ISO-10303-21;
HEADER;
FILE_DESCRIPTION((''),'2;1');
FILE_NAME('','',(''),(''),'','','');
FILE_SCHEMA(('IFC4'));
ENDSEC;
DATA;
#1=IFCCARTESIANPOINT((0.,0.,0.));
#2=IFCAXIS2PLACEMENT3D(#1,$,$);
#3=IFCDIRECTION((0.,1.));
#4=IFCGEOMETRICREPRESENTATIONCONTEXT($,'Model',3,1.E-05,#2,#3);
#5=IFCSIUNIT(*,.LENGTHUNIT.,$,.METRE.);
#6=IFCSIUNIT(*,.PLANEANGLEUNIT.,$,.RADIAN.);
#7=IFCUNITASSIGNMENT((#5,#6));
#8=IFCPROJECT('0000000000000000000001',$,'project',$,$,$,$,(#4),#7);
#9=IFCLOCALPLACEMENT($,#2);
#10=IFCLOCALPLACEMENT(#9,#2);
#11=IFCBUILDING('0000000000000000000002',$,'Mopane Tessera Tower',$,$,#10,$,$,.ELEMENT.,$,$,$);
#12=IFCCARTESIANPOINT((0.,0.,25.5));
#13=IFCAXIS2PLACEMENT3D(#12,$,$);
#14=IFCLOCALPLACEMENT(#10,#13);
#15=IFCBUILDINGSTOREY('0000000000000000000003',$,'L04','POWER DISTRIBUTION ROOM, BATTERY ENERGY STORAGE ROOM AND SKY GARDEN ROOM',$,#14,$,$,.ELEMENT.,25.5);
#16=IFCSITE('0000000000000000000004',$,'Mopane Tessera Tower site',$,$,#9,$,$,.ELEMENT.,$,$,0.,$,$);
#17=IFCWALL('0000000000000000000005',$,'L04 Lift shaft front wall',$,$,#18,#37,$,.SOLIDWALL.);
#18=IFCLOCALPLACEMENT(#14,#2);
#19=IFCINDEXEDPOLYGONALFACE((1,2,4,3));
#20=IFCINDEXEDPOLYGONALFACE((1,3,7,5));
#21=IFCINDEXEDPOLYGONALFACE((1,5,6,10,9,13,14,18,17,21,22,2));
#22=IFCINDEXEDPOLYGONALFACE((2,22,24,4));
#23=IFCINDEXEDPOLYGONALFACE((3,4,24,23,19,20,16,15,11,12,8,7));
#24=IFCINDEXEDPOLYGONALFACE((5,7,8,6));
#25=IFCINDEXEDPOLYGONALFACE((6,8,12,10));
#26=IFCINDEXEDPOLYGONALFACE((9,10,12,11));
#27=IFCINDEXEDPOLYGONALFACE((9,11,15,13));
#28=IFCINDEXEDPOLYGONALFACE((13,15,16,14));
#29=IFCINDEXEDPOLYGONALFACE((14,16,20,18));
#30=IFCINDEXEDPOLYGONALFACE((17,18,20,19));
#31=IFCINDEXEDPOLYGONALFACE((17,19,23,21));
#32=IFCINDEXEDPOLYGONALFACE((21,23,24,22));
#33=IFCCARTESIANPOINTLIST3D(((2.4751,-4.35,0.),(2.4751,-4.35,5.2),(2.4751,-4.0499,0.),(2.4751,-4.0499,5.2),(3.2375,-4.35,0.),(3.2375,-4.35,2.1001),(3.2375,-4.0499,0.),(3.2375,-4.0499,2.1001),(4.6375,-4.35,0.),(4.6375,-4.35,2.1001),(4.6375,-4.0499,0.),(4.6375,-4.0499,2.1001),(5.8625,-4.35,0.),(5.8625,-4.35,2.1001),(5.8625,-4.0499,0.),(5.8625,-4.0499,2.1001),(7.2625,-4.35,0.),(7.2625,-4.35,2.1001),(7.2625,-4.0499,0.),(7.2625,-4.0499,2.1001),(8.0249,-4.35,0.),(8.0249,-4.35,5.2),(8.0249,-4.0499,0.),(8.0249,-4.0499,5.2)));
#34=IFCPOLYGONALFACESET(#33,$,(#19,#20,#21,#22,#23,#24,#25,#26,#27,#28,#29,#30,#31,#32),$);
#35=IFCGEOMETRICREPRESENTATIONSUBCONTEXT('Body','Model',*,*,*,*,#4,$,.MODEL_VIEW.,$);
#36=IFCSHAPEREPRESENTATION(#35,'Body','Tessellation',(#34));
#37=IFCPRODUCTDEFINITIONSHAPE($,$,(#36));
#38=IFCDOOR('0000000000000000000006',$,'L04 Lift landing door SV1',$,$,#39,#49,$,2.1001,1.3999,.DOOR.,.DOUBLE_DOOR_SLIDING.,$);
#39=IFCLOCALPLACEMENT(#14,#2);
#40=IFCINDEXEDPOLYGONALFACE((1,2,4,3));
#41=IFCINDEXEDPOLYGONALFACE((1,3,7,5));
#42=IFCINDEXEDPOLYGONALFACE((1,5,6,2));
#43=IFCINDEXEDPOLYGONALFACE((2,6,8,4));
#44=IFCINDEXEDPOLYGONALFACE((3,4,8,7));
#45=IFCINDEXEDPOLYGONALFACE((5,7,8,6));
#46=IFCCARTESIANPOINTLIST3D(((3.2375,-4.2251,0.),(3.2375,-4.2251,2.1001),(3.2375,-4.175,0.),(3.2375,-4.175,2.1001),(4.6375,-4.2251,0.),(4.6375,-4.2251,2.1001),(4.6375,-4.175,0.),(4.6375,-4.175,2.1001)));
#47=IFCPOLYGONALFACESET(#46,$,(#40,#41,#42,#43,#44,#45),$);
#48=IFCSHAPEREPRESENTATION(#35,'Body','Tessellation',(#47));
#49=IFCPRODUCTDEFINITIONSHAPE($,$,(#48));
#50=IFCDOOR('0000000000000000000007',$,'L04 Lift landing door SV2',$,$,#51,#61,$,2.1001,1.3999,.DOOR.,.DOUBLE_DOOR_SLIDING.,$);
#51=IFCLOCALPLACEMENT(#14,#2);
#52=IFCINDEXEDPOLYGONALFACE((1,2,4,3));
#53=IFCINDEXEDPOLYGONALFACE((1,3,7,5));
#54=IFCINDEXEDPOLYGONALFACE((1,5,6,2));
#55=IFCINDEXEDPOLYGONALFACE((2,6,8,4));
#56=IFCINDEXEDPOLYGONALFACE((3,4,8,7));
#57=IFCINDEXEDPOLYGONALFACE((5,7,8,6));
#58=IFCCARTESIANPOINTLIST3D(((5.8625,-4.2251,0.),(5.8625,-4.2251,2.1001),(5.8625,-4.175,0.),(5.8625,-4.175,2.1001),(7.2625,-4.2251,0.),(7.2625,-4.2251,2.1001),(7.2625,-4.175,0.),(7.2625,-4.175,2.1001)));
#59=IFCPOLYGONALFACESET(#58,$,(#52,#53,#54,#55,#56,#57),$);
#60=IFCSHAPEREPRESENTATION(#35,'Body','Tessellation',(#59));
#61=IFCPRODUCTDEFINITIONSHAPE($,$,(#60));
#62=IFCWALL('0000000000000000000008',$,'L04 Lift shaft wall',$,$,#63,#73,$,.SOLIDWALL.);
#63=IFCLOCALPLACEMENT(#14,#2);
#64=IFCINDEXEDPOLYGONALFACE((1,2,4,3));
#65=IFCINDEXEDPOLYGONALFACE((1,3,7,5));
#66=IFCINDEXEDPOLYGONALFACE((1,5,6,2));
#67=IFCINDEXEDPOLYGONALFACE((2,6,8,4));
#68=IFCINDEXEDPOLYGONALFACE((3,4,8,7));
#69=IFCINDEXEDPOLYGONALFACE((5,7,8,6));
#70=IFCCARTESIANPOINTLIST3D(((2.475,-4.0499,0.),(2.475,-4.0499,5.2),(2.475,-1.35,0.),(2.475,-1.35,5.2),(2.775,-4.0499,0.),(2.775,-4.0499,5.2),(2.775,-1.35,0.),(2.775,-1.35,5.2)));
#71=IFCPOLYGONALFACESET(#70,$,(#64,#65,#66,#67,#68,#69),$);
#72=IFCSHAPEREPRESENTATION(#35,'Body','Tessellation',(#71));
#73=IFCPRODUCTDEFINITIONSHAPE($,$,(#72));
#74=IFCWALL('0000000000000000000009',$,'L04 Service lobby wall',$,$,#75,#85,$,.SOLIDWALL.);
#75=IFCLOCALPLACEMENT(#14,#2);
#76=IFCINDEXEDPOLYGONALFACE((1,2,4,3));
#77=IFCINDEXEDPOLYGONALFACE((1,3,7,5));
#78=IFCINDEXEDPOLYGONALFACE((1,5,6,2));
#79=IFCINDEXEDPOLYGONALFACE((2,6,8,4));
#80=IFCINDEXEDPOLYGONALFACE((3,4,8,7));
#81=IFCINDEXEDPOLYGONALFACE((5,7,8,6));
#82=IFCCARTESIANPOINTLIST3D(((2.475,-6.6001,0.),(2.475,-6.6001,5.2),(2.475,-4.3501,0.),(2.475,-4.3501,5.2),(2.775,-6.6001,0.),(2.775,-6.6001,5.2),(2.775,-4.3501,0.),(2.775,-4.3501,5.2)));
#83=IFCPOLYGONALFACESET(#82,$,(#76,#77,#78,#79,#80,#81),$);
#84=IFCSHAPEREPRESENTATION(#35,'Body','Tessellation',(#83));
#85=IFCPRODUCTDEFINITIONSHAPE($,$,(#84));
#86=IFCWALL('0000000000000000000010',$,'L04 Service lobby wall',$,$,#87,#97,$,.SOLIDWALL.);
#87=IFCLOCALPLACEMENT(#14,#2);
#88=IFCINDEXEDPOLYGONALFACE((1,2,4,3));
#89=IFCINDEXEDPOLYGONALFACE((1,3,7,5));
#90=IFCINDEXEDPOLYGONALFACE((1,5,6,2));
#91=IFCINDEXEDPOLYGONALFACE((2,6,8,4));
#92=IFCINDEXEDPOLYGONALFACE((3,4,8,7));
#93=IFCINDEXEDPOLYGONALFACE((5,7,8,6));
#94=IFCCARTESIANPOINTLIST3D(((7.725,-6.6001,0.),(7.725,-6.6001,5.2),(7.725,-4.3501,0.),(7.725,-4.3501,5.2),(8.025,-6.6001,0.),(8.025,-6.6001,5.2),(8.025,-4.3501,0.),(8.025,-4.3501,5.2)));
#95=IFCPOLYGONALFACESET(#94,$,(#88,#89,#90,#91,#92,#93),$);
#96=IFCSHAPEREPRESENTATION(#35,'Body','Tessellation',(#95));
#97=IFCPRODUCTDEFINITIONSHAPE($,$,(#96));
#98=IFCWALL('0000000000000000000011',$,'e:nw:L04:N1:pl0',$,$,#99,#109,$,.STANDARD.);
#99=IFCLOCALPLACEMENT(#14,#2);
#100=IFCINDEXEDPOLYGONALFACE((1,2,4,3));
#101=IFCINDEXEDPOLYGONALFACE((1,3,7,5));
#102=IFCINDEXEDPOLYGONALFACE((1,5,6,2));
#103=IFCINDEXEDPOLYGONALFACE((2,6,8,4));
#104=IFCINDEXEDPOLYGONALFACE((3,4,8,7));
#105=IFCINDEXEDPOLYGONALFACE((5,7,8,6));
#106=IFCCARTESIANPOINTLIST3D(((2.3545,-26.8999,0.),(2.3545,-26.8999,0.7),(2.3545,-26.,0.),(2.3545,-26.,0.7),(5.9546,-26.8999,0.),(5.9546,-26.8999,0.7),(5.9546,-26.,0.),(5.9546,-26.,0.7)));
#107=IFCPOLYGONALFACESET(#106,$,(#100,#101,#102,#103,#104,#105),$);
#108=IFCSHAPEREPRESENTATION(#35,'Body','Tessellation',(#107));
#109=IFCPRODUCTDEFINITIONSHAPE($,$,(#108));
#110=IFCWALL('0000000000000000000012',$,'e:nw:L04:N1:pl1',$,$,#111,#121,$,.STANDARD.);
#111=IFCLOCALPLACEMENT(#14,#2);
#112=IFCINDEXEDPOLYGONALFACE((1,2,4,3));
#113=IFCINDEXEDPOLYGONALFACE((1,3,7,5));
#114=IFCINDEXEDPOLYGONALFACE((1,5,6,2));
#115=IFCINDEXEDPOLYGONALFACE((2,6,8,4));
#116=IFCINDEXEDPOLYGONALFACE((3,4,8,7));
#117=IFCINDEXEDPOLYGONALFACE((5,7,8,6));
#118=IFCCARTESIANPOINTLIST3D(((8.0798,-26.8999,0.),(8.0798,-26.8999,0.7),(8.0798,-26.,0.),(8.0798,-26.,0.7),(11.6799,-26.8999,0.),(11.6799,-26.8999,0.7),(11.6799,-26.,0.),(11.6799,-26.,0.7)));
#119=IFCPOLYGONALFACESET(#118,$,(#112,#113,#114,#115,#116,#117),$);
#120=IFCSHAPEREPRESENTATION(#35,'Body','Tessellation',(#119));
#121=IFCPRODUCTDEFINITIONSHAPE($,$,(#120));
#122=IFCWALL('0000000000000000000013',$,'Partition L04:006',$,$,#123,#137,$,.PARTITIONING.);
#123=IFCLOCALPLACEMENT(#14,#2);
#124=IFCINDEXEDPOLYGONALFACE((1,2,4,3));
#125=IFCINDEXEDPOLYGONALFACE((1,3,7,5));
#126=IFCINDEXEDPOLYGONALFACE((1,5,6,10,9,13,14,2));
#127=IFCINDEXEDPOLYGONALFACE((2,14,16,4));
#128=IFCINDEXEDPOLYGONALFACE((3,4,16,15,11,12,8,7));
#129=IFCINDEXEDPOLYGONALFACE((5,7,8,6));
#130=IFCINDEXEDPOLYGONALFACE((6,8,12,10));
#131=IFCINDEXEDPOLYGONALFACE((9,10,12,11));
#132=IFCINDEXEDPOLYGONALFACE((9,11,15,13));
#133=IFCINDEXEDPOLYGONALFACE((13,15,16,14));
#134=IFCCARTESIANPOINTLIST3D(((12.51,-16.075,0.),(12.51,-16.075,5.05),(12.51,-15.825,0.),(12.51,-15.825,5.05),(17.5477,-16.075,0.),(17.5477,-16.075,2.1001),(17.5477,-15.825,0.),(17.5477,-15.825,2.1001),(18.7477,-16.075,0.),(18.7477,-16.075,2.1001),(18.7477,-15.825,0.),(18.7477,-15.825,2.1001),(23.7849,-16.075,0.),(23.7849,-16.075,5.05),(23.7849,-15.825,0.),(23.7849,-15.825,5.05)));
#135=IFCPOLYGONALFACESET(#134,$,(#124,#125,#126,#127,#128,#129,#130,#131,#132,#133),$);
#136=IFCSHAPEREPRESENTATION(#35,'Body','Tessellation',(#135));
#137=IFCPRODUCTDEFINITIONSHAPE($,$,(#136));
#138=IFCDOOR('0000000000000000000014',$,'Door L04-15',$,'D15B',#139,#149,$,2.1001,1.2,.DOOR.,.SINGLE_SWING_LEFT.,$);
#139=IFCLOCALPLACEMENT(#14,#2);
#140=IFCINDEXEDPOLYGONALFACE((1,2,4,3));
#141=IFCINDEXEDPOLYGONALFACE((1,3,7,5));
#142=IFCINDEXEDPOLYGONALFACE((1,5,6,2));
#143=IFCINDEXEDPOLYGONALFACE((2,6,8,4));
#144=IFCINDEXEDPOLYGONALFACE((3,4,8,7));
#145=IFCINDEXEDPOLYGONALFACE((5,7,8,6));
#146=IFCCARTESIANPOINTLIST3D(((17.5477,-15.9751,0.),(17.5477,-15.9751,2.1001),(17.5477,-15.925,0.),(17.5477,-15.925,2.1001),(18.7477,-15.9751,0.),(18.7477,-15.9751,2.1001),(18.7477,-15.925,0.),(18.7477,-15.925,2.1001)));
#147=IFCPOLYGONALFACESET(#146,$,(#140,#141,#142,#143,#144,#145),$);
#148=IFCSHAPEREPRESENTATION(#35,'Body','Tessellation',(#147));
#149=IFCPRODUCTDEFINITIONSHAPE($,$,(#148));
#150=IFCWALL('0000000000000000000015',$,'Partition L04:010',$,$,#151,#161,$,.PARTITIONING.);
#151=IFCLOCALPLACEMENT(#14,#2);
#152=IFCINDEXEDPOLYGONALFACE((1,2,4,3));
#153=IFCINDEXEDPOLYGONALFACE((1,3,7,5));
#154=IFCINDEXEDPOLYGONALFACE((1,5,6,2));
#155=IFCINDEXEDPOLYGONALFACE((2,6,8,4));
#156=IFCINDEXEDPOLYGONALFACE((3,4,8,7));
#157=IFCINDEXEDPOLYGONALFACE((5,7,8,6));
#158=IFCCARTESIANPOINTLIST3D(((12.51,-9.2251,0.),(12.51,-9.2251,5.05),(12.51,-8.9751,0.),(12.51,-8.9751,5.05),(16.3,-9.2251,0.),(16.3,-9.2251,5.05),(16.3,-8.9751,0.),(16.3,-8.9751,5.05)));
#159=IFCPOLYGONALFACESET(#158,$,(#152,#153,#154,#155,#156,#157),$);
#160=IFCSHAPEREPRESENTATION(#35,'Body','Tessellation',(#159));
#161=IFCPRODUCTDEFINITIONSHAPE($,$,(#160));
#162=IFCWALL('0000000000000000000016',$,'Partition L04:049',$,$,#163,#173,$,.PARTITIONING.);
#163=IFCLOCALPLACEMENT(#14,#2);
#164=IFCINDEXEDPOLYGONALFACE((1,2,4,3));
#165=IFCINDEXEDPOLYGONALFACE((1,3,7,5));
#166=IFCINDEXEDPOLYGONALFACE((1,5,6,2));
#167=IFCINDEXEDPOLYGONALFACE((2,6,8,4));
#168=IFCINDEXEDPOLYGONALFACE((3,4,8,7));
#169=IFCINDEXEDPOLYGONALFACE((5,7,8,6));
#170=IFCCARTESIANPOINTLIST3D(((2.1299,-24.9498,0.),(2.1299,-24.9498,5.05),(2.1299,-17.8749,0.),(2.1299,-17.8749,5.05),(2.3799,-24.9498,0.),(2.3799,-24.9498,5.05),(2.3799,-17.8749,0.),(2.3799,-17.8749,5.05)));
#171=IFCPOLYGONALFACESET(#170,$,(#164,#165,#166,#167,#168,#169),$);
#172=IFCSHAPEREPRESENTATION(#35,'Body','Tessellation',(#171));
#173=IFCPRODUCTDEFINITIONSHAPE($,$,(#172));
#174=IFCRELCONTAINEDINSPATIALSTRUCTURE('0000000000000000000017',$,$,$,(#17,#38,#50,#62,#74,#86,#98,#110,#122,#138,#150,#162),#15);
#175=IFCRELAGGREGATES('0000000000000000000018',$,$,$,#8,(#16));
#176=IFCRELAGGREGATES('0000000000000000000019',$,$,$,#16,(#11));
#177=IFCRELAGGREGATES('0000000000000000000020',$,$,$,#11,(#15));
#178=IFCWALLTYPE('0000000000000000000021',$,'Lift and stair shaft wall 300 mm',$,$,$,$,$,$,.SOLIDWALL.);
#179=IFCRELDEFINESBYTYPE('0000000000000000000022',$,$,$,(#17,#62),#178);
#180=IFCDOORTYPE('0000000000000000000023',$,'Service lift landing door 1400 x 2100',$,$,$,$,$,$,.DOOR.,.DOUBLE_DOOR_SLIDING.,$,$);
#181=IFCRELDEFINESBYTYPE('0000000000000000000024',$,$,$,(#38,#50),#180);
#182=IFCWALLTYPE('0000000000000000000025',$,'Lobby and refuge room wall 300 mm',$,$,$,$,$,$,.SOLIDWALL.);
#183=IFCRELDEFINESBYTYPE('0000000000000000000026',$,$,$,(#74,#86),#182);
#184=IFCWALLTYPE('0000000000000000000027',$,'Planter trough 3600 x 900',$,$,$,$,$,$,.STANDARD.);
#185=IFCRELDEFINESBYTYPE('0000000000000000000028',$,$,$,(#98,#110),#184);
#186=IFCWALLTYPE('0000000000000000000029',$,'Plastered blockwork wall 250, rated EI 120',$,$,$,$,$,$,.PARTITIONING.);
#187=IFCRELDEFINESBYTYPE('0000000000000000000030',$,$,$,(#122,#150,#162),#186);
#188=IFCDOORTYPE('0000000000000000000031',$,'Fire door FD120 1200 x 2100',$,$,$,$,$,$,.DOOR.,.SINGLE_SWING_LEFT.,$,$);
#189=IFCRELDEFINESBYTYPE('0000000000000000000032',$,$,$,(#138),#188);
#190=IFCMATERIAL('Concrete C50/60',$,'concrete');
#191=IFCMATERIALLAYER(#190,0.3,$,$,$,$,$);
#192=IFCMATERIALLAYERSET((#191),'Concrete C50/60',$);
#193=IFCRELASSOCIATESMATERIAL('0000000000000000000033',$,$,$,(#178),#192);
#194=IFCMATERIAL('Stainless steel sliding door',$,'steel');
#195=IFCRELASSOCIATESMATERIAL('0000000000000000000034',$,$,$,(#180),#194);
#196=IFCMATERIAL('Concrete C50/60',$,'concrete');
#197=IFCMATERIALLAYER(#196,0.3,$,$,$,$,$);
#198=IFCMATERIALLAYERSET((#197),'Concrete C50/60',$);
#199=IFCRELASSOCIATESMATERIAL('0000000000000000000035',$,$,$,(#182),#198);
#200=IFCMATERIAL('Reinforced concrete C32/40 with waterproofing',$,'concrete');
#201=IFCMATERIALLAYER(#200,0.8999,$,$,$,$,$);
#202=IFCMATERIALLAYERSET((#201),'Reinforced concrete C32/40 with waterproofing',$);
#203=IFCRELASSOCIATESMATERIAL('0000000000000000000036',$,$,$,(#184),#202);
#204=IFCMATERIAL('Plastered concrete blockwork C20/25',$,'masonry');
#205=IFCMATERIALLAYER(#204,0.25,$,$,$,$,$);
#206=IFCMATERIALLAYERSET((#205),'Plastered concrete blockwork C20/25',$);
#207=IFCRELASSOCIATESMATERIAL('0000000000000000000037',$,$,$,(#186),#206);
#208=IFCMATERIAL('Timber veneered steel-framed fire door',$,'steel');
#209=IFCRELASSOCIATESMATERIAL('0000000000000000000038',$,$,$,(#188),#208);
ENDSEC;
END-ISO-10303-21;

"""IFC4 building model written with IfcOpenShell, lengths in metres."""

from ifc_helpers import new_model, si_unit, direction, frame, frame_2d, origin, place, context, subcontext, project, spatial, rectangle, extrude, material, layer, layer_set, type_object, element, fill, save


model = new_model("IFC4")

# Units and contexts
model_context = context("Model", 3, precision=1e-05, world=origin(), true_north=direction((0.0, 1.0)))
body_context = subcontext(model_context, "Body", "Model", "MODEL_VIEW")
ifc_project = project(units=[si_unit("LENGTHUNIT", "METRE"), si_unit("PLANEANGLEUNIT", "RADIAN")], contexts=[model_context])

# Site, building, storey
site_placement = place(None, origin())
site = spatial("IfcSite", under=ifc_project, at=site_placement, Name="Mopane Tessera Tower site", CompositionType="ELEMENT", RefElevation=0.0)
building_placement = place(site_placement, origin())
building = spatial("IfcBuilding", under=site, at=building_placement, Name="Mopane Tessera Tower", CompositionType="ELEMENT")
storey_placement = place(building_placement, frame((0.0, 0.0, 25.5)))
storey = spatial("IfcBuildingStorey", under=building, at=storey_placement, Name="L04", Description="POWER DISTRIBUTION ROOM, BATTERY ENERGY STORAGE ROOM AND SKY GARDEN ROOM", CompositionType="ELEMENT", Elevation=25.5)

# Wall, openings, doors
ifc_material_1 = material(Name="Concrete C50/60", Category="concrete")
ifc_layer_1 = layer(ifc_material_1, 0.3)
ifc_layer_set_1 = layer_set([ifc_layer_1], Name="Concrete C50/60")
wall_type_1 = type_object("IfcWallType", Name="Lift and stair shaft wall 300 mm", PredefinedType="SOLIDWALL", material=ifc_layer_set_1)
wall_1_placement = place(storey_placement, frame((2.4751, -4.2, 0.0), z_axis=(0.0, 0.0, 1.0), x_axis=(1.0, 0.0, 0.0)))
wall_1 = element("IfcWall", 1, at=wall_1_placement, inside=storey, type_object=wall_type_1, Name="L04 Lift shaft front wall", PredefinedType="SOLIDWALL", context=body_context, shape_type="SweptSolid", body=[
    extrude(rectangle(XDim=5.5498, YDim=0.3, at=frame_2d((2.7749, 0.0))), origin(), (0.0, 0.0, 1.0), 5.2),
])
opening_1_placement = place(wall_1_placement, frame((0.7625, 0.0, 0.0)))
opening_1 = element("IfcOpeningElement", 2, at=opening_1_placement, cuts=wall_1, PredefinedType="OPENING", context=body_context, shape_type="SweptSolid", body=[
    extrude(rectangle(XDim=1.3999, YDim=2.1001, at=frame_2d((0.7, 1.05))), frame((0.0, 0.1621, 0.0), z_axis=(0.0, -1.0, 0.0), x_axis=(1.0, 0.0, 0.0)), (0.0, 0.0, 1.0), 0.324),
])
opening_2_placement = place(wall_1_placement, frame((3.3875, 0.0, 0.0)))
opening_2 = element("IfcOpeningElement", 3, at=opening_2_placement, cuts=wall_1, PredefinedType="OPENING", context=body_context, shape_type="SweptSolid", body=[
    extrude(rectangle(XDim=1.3999, YDim=2.1001, at=frame_2d((0.7, 1.05))), frame((0.0, 0.1621, 0.0), z_axis=(0.0, -1.0, 0.0), x_axis=(1.0, 0.0, 0.0)), (0.0, 0.0, 1.0), 0.324),
])
ifc_material_2 = material(Name="Stainless steel sliding door", Category="steel")
door_type_1 = type_object("IfcDoorType", Name="Service lift landing door 1400 x 2100", OperationType="DOUBLE_DOOR_SLIDING", PredefinedType="DOOR", material=ifc_material_2)
door_1_placement = place(opening_1_placement, origin())
door_1 = element("IfcDoor", 4, at=door_1_placement, inside=storey, type_object=door_type_1, Name="L04 Lift landing door SV1", OperationType="DOUBLE_DOOR_SLIDING", OverallHeight=2.1001, OverallWidth=1.3999, PredefinedType="DOOR", context=body_context, shape_type="SweptSolid", body=[
    extrude(rectangle(XDim=1.3999, YDim=2.1001, at=frame_2d((0.7, 1.05))), frame((0.0, 0.0249, 0.0), z_axis=(0.0, -1.0, 0.0), x_axis=(1.0, 0.0, 0.0)), (0.0, 0.0, 1.0), 0.05),
])
fill(opening_1, door_1)
door_2_placement = place(opening_2_placement, origin())
door_2 = element("IfcDoor", 5, at=door_2_placement, inside=storey, type_object=door_type_1, Name="L04 Lift landing door SV2", OperationType="DOUBLE_DOOR_SLIDING", OverallHeight=2.1001, OverallWidth=1.3999, PredefinedType="DOOR", context=body_context, shape_type="SweptSolid", body=[
    extrude(rectangle(XDim=1.3999, YDim=2.1001, at=frame_2d((0.7, 1.05))), frame((0.0, 0.0249, 0.0), z_axis=(0.0, -1.0, 0.0), x_axis=(1.0, 0.0, 0.0)), (0.0, 0.0, 1.0), 0.05),
])
fill(opening_2, door_2)

# Walls
wall_2_placement = place(storey_placement, frame((2.625, -4.05, 0.0), z_axis=(0.0, 0.0, 1.0), x_axis=(0.0, 1.0, 0.0)))
element("IfcWall", 6, at=wall_2_placement, inside=storey, type_object=wall_type_1, Name="L04 Lift shaft wall", PredefinedType="SOLIDWALL", context=body_context, shape_type="SweptSolid", body=[
    extrude(rectangle(XDim=2.7, YDim=0.3, at=frame_2d((1.3501, 0.0))), origin(), (0.0, 0.0, 1.0), 5.2),
])
ifc_material_3 = material(Name="Concrete C50/60", Category="concrete")
ifc_layer_2 = layer(ifc_material_3, 0.3)
ifc_layer_set_2 = layer_set([ifc_layer_2], Name="Concrete C50/60")
wall_type_2 = type_object("IfcWallType", Name="Lobby and refuge room wall 300 mm", PredefinedType="SOLIDWALL", material=ifc_layer_set_2)
for number, where, z_axis, x_axis, name in (
    (7, (2.625, -6.6001, 0.0), (0.0, 0.0, 1.0), (0.0, 1.0, 0.0), "L04 Service lobby wall"),
    (8, (7.875, -6.6001, 0.0), (0.0, 0.0, 1.0), (0.0, 1.0, 0.0), "L04 Service lobby wall"),
):
    element("IfcWall", number, at=place(storey_placement, frame(where, z_axis=z_axis, x_axis=x_axis)), inside=storey, type_object=wall_type_2, Name=name, PredefinedType="SOLIDWALL", context=body_context, shape_type="SweptSolid", body=[
        extrude(rectangle(XDim=2.25, YDim=0.3, at=frame_2d((1.125, 0.0))), origin(), (0.0, 0.0, 1.0), 5.2),
    ])
ifc_material_4 = material(Name="Reinforced concrete C32/40 with waterproofing", Category="concrete")
ifc_layer_3 = layer(ifc_material_4, 0.8999)
ifc_layer_set_3 = layer_set([ifc_layer_3], Name="Reinforced concrete C32/40 with waterproofing")
wall_type_3 = type_object("IfcWallType", Name="Planter trough 3600 x 900", PredefinedType="STANDARD", material=ifc_layer_set_3)
for number, where, z_axis, x_axis, name in (
    (9, (2.3545, -26.45, 0.0), (0.0, 0.0, 1.0), (1.0, 0.0, 0.0), "e:nw:L04:N1:pl0"),
    (10, (8.0798, -26.45, 0.0), (0.0, 0.0, 1.0), (1.0, 0.0, 0.0), "e:nw:L04:N1:pl1"),
):
    element("IfcWall", number, at=place(storey_placement, frame(where, z_axis=z_axis, x_axis=x_axis)), inside=storey, type_object=wall_type_3, Name=name, PredefinedType="STANDARD", context=body_context, shape_type="SweptSolid", body=[
        extrude(rectangle(XDim=3.6001, YDim=0.8999, at=frame_2d((1.8, 0.0))), origin(), (0.0, 0.0, 1.0), 0.7),
    ])

# Wall, opening, door
ifc_material_5 = material(Name="Plastered concrete blockwork C20/25", Category="masonry")
ifc_layer_4 = layer(ifc_material_5, 0.25)
ifc_layer_set_4 = layer_set([ifc_layer_4], Name="Plastered concrete blockwork C20/25")
wall_type_4 = type_object("IfcWallType", Name="Plastered blockwork wall 250, rated EI 120", PredefinedType="PARTITIONING", material=ifc_layer_set_4)
wall_3_placement = place(storey_placement, frame((12.51, -15.95, 0.0), z_axis=(0.0, 0.0, 1.0), x_axis=(1.0, 0.0, 0.0)))
wall_3 = element("IfcWall", 11, at=wall_3_placement, inside=storey, type_object=wall_type_4, Name="Partition L04:006", PredefinedType="PARTITIONING", context=body_context, shape_type="SweptSolid", body=[
    extrude(rectangle(XDim=11.2749, YDim=0.25, at=frame_2d((5.6375, 0.0))), origin(), (0.0, 0.0, 1.0), 5.05),
])
opening_3_placement = place(wall_3_placement, frame((5.0376, 0.0, 0.0)))
opening_3 = element("IfcOpeningElement", 12, at=opening_3_placement, cuts=wall_3, PredefinedType="OPENING", context=body_context, shape_type="SweptSolid", body=[
    extrude(rectangle(XDim=1.2, YDim=2.1001, at=frame_2d((0.6001, 1.05))), frame((0.0, 0.137, 0.0), z_axis=(0.0, -1.0, 0.0), x_axis=(1.0, 0.0, 0.0)), (0.0, 0.0, 1.0), 0.2739),
])
ifc_material_6 = material(Name="Timber veneered steel-framed fire door", Category="steel")
door_type_2 = type_object("IfcDoorType", Name="Fire door FD120 1200 x 2100", OperationType="SINGLE_SWING_LEFT", PredefinedType="DOOR", material=ifc_material_6)
door_3_placement = place(opening_3_placement, origin())
door_3 = element("IfcDoor", 13, at=door_3_placement, inside=storey, type_object=door_type_2, Name="Door L04-15", ObjectType="D15B", OperationType="SINGLE_SWING_LEFT", OverallHeight=2.1001, OverallWidth=1.2, PredefinedType="DOOR", context=body_context, shape_type="SweptSolid", body=[
    extrude(rectangle(XDim=1.2, YDim=2.1001, at=frame_2d((0.6001, 1.05))), frame((0.0, 0.0249, 0.0), z_axis=(0.0, -1.0, 0.0), x_axis=(1.0, 0.0, 0.0)), (0.0, 0.0, 1.0), 0.05),
])
fill(opening_3, door_3)

# Walls
wall_4_placement = place(storey_placement, frame((12.51, -9.1001, 0.0), z_axis=(0.0, 0.0, 1.0), x_axis=(1.0, 0.0, 0.0)))
element("IfcWall", 14, at=wall_4_placement, inside=storey, type_object=wall_type_4, Name="Partition L04:010", PredefinedType="PARTITIONING", context=body_context, shape_type="SweptSolid", body=[
    extrude(rectangle(XDim=3.79, YDim=0.25, at=frame_2d((1.895, 0.0))), origin(), (0.0, 0.0, 1.0), 5.05),
])
wall_5_placement = place(storey_placement, frame((2.2549, -24.95, 0.0), z_axis=(0.0, 0.0, 1.0), x_axis=(0.0, 1.0, 0.0)))
element("IfcWall", 15, at=wall_5_placement, inside=storey, type_object=wall_type_4, Name="Partition L04:049", PredefinedType="PARTITIONING", context=body_context, shape_type="SweptSolid", body=[
    extrude(rectangle(XDim=7.075, YDim=0.25, at=frame_2d((3.5376, 0.0))), origin(), (0.0, 0.0, 1.0), 5.05),
])

save(model, "model.ifc")
